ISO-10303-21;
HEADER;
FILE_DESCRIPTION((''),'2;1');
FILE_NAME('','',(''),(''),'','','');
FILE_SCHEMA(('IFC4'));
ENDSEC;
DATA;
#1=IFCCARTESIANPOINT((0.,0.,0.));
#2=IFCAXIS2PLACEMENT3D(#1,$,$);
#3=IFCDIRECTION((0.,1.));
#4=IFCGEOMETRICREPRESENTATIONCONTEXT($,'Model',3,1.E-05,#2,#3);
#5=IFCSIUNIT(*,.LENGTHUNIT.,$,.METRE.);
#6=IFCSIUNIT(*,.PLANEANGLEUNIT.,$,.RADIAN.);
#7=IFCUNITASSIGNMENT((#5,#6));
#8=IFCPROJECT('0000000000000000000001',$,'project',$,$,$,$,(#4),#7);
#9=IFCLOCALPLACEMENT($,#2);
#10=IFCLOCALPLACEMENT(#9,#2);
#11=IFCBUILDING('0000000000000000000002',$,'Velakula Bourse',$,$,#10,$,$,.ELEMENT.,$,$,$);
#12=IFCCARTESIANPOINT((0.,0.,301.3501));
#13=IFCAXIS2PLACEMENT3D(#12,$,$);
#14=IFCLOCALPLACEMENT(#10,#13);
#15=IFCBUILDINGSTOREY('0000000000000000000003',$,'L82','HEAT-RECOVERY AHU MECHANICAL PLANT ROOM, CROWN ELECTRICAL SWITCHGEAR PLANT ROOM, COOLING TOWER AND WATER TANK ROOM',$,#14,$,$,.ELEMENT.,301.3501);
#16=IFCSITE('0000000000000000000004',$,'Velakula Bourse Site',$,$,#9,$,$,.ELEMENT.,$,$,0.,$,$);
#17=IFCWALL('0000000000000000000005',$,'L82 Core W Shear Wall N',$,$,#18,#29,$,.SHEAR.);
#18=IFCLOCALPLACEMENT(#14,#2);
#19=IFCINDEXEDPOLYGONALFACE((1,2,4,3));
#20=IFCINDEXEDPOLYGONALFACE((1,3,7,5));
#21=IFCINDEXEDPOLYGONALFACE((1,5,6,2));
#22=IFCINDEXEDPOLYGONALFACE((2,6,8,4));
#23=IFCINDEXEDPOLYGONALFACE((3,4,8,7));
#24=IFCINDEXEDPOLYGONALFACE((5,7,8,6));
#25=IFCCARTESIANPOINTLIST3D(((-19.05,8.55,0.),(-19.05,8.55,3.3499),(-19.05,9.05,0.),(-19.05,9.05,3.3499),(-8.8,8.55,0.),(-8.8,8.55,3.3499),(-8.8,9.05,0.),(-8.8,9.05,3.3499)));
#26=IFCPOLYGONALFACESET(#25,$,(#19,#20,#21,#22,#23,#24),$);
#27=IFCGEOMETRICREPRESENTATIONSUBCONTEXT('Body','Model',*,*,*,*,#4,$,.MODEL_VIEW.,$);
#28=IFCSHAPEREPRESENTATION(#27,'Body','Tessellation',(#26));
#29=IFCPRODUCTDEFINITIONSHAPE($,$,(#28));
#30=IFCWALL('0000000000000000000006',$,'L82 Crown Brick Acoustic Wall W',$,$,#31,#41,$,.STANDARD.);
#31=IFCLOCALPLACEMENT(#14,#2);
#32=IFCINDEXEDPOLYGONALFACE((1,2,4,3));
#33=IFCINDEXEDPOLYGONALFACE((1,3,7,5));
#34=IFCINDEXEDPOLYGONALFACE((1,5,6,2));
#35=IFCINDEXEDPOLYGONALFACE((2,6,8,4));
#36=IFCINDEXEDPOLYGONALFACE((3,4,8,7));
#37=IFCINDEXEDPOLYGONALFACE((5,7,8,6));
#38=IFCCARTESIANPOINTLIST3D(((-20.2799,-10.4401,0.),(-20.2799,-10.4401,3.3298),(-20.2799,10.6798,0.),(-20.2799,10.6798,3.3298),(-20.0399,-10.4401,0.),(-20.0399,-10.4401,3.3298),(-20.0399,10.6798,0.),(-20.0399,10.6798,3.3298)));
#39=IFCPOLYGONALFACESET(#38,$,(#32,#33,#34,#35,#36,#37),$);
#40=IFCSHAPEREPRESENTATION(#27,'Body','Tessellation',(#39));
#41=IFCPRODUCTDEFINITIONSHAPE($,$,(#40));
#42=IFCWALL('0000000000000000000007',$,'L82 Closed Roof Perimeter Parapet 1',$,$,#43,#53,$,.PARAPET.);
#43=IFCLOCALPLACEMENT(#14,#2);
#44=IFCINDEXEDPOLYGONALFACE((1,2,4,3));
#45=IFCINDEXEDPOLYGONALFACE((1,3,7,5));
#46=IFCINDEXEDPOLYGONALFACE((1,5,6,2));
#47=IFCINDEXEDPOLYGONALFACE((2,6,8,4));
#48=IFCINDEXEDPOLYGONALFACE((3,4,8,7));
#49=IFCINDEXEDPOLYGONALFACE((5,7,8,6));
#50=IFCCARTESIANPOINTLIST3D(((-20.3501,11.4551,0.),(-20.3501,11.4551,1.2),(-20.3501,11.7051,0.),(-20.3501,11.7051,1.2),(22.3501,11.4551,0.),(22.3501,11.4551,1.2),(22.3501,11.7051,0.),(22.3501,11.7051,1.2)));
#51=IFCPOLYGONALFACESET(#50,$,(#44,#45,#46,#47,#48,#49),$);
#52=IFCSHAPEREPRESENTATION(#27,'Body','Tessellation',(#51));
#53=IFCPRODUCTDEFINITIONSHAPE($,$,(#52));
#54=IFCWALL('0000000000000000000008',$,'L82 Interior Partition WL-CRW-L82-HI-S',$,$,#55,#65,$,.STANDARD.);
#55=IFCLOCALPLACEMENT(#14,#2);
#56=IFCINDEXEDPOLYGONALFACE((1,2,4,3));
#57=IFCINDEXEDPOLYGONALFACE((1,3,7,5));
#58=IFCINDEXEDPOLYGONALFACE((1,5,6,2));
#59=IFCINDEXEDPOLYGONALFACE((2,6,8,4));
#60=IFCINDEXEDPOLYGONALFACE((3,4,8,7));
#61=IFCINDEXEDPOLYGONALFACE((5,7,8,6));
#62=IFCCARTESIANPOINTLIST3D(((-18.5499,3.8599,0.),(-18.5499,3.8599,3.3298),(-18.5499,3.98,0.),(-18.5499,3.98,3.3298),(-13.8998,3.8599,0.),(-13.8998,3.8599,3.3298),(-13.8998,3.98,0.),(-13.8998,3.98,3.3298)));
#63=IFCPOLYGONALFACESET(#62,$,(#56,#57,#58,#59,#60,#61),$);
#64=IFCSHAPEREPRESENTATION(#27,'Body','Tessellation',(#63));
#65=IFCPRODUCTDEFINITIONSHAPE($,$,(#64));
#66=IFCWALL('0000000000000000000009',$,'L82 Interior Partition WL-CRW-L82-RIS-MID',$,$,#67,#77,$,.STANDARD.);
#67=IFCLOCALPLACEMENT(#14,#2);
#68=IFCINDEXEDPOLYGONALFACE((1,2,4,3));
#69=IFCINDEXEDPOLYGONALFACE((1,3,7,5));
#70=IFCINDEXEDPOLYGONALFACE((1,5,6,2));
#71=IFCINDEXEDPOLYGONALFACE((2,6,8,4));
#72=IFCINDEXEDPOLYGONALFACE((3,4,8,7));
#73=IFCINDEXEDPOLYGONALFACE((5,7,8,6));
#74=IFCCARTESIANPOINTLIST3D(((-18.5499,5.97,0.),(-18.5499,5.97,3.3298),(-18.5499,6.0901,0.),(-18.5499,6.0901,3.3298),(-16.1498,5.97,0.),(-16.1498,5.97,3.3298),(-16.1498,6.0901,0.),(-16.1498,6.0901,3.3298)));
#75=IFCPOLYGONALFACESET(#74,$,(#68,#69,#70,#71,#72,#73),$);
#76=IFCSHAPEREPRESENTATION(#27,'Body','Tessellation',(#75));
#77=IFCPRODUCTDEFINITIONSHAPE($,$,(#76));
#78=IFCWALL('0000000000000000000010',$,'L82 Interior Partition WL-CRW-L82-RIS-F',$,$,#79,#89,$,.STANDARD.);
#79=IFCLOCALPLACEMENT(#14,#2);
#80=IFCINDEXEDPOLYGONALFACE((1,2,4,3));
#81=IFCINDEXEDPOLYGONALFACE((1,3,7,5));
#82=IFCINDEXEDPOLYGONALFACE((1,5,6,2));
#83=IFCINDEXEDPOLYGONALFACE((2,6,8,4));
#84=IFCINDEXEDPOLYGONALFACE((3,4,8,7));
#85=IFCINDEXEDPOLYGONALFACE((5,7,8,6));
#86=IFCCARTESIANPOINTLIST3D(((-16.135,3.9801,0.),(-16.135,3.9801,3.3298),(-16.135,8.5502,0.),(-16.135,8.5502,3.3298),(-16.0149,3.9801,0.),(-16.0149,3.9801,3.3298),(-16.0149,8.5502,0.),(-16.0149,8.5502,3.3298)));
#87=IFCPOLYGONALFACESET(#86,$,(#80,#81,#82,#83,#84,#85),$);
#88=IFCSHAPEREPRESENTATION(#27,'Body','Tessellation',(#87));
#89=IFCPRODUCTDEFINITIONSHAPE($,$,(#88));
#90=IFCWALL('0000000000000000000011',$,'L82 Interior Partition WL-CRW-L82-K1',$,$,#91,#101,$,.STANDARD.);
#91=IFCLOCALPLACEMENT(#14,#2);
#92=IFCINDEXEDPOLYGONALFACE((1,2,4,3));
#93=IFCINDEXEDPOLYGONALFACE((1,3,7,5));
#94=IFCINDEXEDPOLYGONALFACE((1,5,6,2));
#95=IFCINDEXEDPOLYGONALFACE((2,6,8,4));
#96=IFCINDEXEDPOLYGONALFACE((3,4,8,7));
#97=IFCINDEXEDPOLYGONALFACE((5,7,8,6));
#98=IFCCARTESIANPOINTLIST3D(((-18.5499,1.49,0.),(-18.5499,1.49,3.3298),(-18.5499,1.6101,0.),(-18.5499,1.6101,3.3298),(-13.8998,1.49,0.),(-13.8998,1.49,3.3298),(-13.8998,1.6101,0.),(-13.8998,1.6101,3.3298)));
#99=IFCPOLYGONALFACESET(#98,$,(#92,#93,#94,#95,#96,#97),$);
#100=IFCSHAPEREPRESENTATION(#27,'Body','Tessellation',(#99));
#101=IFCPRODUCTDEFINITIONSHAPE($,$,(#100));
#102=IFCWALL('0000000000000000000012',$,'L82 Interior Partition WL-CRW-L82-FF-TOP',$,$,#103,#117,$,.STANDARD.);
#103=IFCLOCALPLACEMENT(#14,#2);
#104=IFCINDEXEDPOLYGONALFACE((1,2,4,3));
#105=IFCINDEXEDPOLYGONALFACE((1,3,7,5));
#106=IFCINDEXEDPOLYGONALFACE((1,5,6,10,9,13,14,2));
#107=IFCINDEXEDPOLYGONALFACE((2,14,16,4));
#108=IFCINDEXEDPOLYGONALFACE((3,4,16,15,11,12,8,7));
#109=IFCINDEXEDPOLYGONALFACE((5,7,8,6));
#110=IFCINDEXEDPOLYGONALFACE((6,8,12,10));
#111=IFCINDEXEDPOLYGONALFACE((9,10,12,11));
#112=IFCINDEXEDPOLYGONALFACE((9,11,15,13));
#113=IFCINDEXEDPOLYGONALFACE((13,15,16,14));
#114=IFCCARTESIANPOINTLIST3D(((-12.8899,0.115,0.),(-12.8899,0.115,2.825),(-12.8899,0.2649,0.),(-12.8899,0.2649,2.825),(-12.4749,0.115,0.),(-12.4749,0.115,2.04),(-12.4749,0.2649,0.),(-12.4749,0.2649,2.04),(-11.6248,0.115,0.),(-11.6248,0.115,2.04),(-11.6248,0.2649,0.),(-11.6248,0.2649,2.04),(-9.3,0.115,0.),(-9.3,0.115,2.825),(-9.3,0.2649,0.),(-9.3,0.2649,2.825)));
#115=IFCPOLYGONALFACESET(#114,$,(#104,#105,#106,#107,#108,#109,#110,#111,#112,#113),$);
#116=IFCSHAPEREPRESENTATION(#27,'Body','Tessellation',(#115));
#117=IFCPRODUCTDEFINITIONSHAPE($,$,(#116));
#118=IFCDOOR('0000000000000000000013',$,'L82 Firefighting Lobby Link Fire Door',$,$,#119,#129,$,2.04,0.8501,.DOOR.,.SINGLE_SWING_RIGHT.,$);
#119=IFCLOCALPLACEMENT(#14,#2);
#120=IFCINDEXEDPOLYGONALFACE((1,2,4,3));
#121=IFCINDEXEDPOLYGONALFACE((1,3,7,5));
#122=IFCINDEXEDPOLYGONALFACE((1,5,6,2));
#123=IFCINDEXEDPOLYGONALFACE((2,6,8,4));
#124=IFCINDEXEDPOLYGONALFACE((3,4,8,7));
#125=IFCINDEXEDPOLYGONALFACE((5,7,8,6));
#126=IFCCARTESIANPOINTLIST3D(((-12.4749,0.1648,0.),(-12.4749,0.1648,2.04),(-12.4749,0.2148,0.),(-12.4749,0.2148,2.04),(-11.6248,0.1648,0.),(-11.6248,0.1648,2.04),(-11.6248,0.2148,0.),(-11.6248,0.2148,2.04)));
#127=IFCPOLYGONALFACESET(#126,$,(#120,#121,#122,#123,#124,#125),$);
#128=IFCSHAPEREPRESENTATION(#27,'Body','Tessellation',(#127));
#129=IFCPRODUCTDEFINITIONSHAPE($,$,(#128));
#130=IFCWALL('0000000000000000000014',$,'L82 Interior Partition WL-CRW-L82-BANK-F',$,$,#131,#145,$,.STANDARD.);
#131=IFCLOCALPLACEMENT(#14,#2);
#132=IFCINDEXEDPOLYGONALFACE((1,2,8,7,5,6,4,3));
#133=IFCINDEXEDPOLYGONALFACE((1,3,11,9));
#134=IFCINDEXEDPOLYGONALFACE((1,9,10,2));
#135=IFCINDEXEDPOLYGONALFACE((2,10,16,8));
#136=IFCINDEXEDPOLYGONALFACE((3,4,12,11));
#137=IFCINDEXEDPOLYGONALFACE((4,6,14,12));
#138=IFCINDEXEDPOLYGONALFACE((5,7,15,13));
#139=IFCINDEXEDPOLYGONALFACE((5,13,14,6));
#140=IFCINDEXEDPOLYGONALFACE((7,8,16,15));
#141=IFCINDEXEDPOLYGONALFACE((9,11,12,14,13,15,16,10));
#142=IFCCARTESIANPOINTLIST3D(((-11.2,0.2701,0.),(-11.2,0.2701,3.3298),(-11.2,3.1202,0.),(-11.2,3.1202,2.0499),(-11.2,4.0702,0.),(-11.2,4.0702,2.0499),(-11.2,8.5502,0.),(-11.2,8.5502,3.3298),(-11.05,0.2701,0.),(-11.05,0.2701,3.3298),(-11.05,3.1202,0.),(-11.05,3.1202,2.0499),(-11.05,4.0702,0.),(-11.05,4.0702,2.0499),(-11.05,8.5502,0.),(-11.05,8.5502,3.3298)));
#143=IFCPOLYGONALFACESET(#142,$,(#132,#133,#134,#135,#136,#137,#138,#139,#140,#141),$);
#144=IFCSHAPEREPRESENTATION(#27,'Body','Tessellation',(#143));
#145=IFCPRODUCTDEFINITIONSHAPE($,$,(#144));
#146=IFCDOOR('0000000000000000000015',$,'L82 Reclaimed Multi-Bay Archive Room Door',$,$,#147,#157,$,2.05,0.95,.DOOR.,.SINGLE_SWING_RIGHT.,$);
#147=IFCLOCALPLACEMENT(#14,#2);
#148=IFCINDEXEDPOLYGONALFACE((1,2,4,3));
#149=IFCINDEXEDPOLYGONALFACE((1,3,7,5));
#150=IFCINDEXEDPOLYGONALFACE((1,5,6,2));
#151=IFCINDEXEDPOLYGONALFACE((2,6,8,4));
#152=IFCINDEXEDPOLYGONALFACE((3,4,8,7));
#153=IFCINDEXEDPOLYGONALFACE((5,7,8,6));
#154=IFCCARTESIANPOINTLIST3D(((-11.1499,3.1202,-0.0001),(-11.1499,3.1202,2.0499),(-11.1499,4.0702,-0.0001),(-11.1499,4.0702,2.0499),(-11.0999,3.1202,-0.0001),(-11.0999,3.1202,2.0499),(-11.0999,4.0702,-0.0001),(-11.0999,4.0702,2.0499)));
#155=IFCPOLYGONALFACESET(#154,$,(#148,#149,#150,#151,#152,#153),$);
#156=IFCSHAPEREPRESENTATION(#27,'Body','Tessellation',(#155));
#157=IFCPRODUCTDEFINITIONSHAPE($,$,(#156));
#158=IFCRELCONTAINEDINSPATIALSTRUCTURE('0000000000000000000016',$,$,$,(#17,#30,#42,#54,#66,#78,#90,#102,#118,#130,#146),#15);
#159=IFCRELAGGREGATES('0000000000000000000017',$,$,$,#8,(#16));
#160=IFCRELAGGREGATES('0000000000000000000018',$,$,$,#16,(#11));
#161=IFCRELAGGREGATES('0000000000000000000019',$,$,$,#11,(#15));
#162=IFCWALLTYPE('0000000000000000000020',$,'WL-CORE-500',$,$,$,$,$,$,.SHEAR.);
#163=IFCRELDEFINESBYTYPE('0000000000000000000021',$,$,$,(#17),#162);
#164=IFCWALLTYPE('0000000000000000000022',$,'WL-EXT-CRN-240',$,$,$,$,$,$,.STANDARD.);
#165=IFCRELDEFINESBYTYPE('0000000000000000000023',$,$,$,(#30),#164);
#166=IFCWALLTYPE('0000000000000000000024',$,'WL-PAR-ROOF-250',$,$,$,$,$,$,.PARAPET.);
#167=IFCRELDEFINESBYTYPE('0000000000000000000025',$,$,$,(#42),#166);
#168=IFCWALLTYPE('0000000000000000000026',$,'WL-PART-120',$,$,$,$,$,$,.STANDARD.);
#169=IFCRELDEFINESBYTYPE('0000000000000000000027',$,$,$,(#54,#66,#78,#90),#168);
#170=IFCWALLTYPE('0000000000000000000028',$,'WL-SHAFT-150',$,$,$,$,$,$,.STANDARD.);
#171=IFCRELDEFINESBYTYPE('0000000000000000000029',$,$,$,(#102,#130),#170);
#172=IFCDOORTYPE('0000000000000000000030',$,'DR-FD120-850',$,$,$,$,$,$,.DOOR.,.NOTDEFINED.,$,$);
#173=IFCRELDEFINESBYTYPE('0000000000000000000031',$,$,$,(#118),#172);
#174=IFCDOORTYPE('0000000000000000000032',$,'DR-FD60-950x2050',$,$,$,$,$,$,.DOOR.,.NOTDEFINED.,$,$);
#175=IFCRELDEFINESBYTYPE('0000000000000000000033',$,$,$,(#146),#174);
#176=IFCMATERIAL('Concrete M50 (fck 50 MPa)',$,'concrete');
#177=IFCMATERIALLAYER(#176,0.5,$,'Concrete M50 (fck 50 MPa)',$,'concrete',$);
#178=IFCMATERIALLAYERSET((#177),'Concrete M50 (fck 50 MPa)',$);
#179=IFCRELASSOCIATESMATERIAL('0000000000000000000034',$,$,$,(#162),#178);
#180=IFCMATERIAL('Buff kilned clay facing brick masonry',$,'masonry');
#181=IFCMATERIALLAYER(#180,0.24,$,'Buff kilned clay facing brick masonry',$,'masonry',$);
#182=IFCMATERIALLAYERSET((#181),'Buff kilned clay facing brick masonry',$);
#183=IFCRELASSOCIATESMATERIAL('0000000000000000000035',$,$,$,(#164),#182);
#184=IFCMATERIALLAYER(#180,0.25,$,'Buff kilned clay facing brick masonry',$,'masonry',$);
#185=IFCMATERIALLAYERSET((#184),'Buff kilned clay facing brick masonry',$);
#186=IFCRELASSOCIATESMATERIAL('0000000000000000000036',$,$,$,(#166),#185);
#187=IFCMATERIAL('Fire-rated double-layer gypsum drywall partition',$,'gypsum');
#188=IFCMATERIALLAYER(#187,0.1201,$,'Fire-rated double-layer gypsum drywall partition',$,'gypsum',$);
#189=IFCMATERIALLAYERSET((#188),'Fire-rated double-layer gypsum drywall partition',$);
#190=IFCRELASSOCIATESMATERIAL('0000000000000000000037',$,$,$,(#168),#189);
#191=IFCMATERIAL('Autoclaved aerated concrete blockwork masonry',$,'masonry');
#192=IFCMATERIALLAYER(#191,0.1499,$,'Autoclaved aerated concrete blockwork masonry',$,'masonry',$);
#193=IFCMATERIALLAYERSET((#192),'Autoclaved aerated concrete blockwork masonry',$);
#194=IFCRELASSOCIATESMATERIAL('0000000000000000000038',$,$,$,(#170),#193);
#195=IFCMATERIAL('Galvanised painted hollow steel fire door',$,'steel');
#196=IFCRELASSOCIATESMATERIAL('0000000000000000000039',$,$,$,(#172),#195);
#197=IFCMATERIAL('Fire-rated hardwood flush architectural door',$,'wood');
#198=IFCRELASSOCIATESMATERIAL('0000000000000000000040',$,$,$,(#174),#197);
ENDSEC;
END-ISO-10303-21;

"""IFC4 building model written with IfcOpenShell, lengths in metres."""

from ifc_helpers import new_model, si_unit, direction, frame, frame_2d, origin, place, context, subcontext, project, spatial, rectangle, extrude, material, layer, layer_set, type_object, element, fill, save


model = new_model("IFC4")

# Units and contexts
model_context = context("Model", 3, precision=1e-05, world=origin(), true_north=direction((0.0, 1.0)))
body_context = subcontext(model_context, "Body", "Model", "MODEL_VIEW")
ifc_project = project(units=[si_unit("LENGTHUNIT", "METRE"), si_unit("PLANEANGLEUNIT", "RADIAN")], contexts=[model_context])

# Site, building, storey
site_placement = place(None, origin())
site = spatial("IfcSite", under=ifc_project, at=site_placement, Name="Velakula Bourse Site", CompositionType="ELEMENT", RefElevation=0.0)
building_placement = place(site_placement, origin())
building = spatial("IfcBuilding", under=site, at=building_placement, Name="Velakula Bourse", CompositionType="ELEMENT")
storey_placement = place(building_placement, frame((0.0, 0.0, 301.3501)))
storey = spatial("IfcBuildingStorey", under=building, at=storey_placement, Name="L82", Description="HEAT-RECOVERY AHU MECHANICAL PLANT ROOM, CROWN ELECTRICAL SWITCHGEAR PLANT ROOM, COOLING TOWER AND WATER TANK ROOM", CompositionType="ELEMENT", Elevation=301.3501)

# Shared definitions
ifc_material_1 = material(Name="Concrete M50 (fck 50 MPa)", Category="concrete")

# Walls
ifc_layer_1 = layer(ifc_material_1, 0.5, Name="Concrete M50 (fck 50 MPa)", Category="concrete")
ifc_layer_set_1 = layer_set([ifc_layer_1], Name="Concrete M50 (fck 50 MPa)")
wall_type_1 = type_object("IfcWallType", Name="WL-CORE-500", PredefinedType="SHEAR", material=ifc_layer_set_1)
wall_1_placement = place(storey_placement, frame((-19.05, 8.8, 0.0), z_axis=(0.0, 0.0, 1.0), x_axis=(1.0, 0.0, 0.0)))
element("IfcWall", 1, at=wall_1_placement, inside=storey, type_object=wall_type_1, Name="L82 Core W Shear Wall N", PredefinedType="SHEAR", context=body_context, shape_type="SweptSolid", body=[
    extrude(rectangle(XDim=10.25, YDim=0.5, at=frame_2d((5.125, 0.0))), origin(), (0.0, 0.0, 1.0), 3.3499),
])
ifc_material_2 = material(Name="Buff kilned clay facing brick masonry", Category="masonry")
ifc_layer_2 = layer(ifc_material_2, 0.24, Name="Buff kilned clay facing brick masonry", Category="masonry")
ifc_layer_set_2 = layer_set([ifc_layer_2], Name="Buff kilned clay facing brick masonry")
wall_type_2 = type_object("IfcWallType", Name="WL-EXT-CRN-240", PredefinedType="STANDARD", material=ifc_layer_set_2)
wall_2_placement = place(storey_placement, frame((-20.1599, 10.6799, 0.0), z_axis=(0.0, 0.0, 1.0), x_axis=(0.0, -1.0, 0.0)))
element("IfcWall", 2, at=wall_2_placement, inside=storey, type_object=wall_type_2, Name="L82 Crown Brick Acoustic Wall W", PredefinedType="STANDARD", context=body_context, shape_type="SweptSolid", body=[
    extrude(rectangle(XDim=21.1199, YDim=0.24, at=frame_2d((10.5601, 0.0))), origin(), (0.0, 0.0, 1.0), 3.3298),
])
ifc_layer_3 = layer(ifc_material_2, 0.25, Name="Buff kilned clay facing brick masonry", Category="masonry")
ifc_layer_set_3 = layer_set([ifc_layer_3], Name="Buff kilned clay facing brick masonry")
wall_type_3 = type_object("IfcWallType", Name="WL-PAR-ROOF-250", PredefinedType="PARAPET", material=ifc_layer_set_3)
wall_3_placement = place(storey_placement, frame((-20.3501, 11.5801, 0.0), z_axis=(0.0, 0.0, 1.0), x_axis=(1.0, 0.0, 0.0)))
element("IfcWall", 3, at=wall_3_placement, inside=storey, type_object=wall_type_3, Name="L82 Closed Roof Perimeter Parapet 1", PredefinedType="PARAPET", context=body_context, shape_type="SweptSolid", body=[
    extrude(rectangle(XDim=42.7002, YDim=0.25, at=frame_2d((21.3501, 0.0))), origin(), (0.0, 0.0, 1.0), 1.2),
])
ifc_material_3 = material(Name="Fire-rated double-layer gypsum drywall partition", Category="gypsum")
ifc_layer_4 = layer(ifc_material_3, 0.1201, Name="Fire-rated double-layer gypsum drywall partition", Category="gypsum")
ifc_layer_set_4 = layer_set([ifc_layer_4], Name="Fire-rated double-layer gypsum drywall partition")
wall_type_4 = type_object("IfcWallType", Name="WL-PART-120", PredefinedType="STANDARD", material=ifc_layer_set_4)
wall_4_placement = place(storey_placement, frame((-18.55, 3.9199, 0.0), z_axis=(0.0, 0.0, 1.0), x_axis=(1.0, 0.0, 0.0)))
element("IfcWall", 4, at=wall_4_placement, inside=storey, type_object=wall_type_4, Name="L82 Interior Partition WL-CRW-L82-HI-S", PredefinedType="STANDARD", context=body_context, shape_type="SweptSolid", body=[
    extrude(rectangle(XDim=4.6501, YDim=0.1201, at=frame_2d((2.3252, 0.0))), origin(), (0.0, 0.0, 1.0), 3.3298),
])
wall_5_placement = place(storey_placement, frame((-18.55, 6.03, 0.0), z_axis=(0.0, 0.0, 1.0), x_axis=(1.0, 0.0, 0.0)))
element("IfcWall", 5, at=wall_5_placement, inside=storey, type_object=wall_type_4, Name="L82 Interior Partition WL-CRW-L82-RIS-MID", PredefinedType="STANDARD", context=body_context, shape_type="SweptSolid", body=[
    extrude(rectangle(XDim=2.4001, YDim=0.1201, at=frame_2d((1.2002, 0.0))), origin(), (0.0, 0.0, 1.0), 3.3298),
])
wall_6_placement = place(storey_placement, frame((-16.075, 3.98, 0.0), z_axis=(0.0, 0.0, 1.0), x_axis=(0.0, 1.0, 0.0)))
element("IfcWall", 6, at=wall_6_placement, inside=storey, type_object=wall_type_4, Name="L82 Interior Partition WL-CRW-L82-RIS-F", PredefinedType="STANDARD", context=body_context, shape_type="SweptSolid", body=[
    extrude(rectangle(XDim=4.5701, YDim=0.1201, at=frame_2d((2.2852, 0.0))), origin(), (0.0, 0.0, 1.0), 3.3298),
])
wall_7_placement = place(storey_placement, frame((-18.55, 1.55, 0.0), z_axis=(0.0, 0.0, 1.0), x_axis=(1.0, 0.0, 0.0)))
element("IfcWall", 7, at=wall_7_placement, inside=storey, type_object=wall_type_4, Name="L82 Interior Partition WL-CRW-L82-K1", PredefinedType="STANDARD", context=body_context, shape_type="SweptSolid", body=[
    extrude(rectangle(XDim=4.6501, YDim=0.1201, at=frame_2d((2.3252, 0.0))), origin(), (0.0, 0.0, 1.0), 3.3298),
])

# Walls, openings, doors
ifc_material_4 = material(Name="Autoclaved aerated concrete blockwork masonry", Category="masonry")
ifc_layer_5 = layer(ifc_material_4, 0.1499, Name="Autoclaved aerated concrete blockwork masonry", Category="masonry")
ifc_layer_set_5 = layer_set([ifc_layer_5], Name="Autoclaved aerated concrete blockwork masonry")
wall_type_5 = type_object("IfcWallType", Name="WL-SHAFT-150", PredefinedType="STANDARD", material=ifc_layer_set_5)
wall_8_placement = place(storey_placement, frame((-12.8899, 0.1899, 0.0), z_axis=(0.0, 0.0, 1.0), x_axis=(1.0, 0.0, 0.0)))
wall_8 = element("IfcWall", 8, at=wall_8_placement, inside=storey, type_object=wall_type_5, Name="L82 Interior Partition WL-CRW-L82-FF-TOP", PredefinedType="STANDARD", context=body_context, shape_type="SweptSolid", body=[
    extrude(rectangle(XDim=3.5898, YDim=0.1499, at=frame_2d((1.7949, 0.0))), origin(), (0.0, 0.0, 1.0), 2.825),
])
opening_1_placement = place(wall_8_placement, frame((0.415, 0.0, 0.0)))
opening_1 = element("IfcOpeningElement", 9, at=opening_1_placement, cuts=wall_8, PredefinedType="OPENING", context=body_context, shape_type="SweptSolid", body=[
    extrude(rectangle(XDim=0.8501, YDim=2.04, at=frame_2d((0.425, 1.02))), frame((0.0, 0.085, 0.0), z_axis=(0.0, -1.0, 0.0), x_axis=(1.0, 0.0, 0.0)), (0.0, 0.0, 1.0), 0.1699),
])
ifc_material_5 = material(Name="Galvanised painted hollow steel fire door", Category="steel")
door_type_1 = type_object("IfcDoorType", Name="DR-FD120-850", OperationType="NOTDEFINED", PredefinedType="DOOR", material=ifc_material_5)
door_1_placement = place(opening_1_placement, origin())
door_1 = element("IfcDoor", 10, at=door_1_placement, inside=storey, type_object=door_type_1, Name="L82 Firefighting Lobby Link Fire Door", OperationType="SINGLE_SWING_RIGHT", OverallHeight=2.04, OverallWidth=0.8501, PredefinedType="DOOR", context=body_context, shape_type="SweptSolid", body=[
    extrude(rectangle(XDim=0.8501, YDim=2.04, at=frame_2d((0.425, 1.02))), frame((0.0, 0.0249, 0.0), z_axis=(0.0, -1.0, 0.0), x_axis=(1.0, 0.0, 0.0)), (0.0, 0.0, 1.0), 0.05),
])
fill(opening_1, door_1)
wall_9_placement = place(storey_placement, frame((-11.125, 0.27, 0.0), z_axis=(0.0, 0.0, 1.0), x_axis=(0.0, 1.0, 0.0)))
wall_9 = element("IfcWall", 11, at=wall_9_placement, inside=storey, type_object=wall_type_5, Name="L82 Interior Partition WL-CRW-L82-BANK-F", PredefinedType="STANDARD", context=body_context, shape_type="SweptSolid", body=[
    extrude(rectangle(XDim=8.28, YDim=0.1499, at=frame_2d((4.1401, 0.0))), origin(), (0.0, 0.0, 1.0), 3.3298),
])
opening_2_placement = place(wall_9_placement, frame((2.8501, 0.0, 0.0)))
opening_2 = element("IfcOpeningElement", 12, at=opening_2_placement, cuts=wall_9, PredefinedType="OPENING", context=body_context, shape_type="SweptSolid", body=[
    extrude(rectangle(XDim=0.95, YDim=2.05, at=frame_2d((0.4751, 1.0249))), frame((0.0, 0.085, 0.0), z_axis=(0.0, -1.0, 0.0), x_axis=(1.0, 0.0, 0.0)), (0.0, 0.0, 1.0), 0.1699),
])
ifc_material_6 = material(Name="Fire-rated hardwood flush architectural door", Category="wood")
door_type_2 = type_object("IfcDoorType", Name="DR-FD60-950x2050", OperationType="NOTDEFINED", PredefinedType="DOOR", material=ifc_material_6)
door_2_placement = place(opening_2_placement, origin())
door_2 = element("IfcDoor", 13, at=door_2_placement, inside=storey, type_object=door_type_2, Name="L82 Reclaimed Multi-Bay Archive Room Door", OperationType="SINGLE_SWING_RIGHT", OverallHeight=2.05, OverallWidth=0.95, PredefinedType="DOOR", context=body_context, shape_type="SweptSolid", body=[
    extrude(rectangle(XDim=0.95, YDim=2.05, at=frame_2d((0.4751, 1.0249))), frame((0.0, 0.0249, 0.0), z_axis=(0.0, -1.0, 0.0), x_axis=(1.0, 0.0, 0.0)), (0.0, 0.0, 1.0), 0.05),
])
fill(opening_2, door_2)

save(model, "model.ifc")
